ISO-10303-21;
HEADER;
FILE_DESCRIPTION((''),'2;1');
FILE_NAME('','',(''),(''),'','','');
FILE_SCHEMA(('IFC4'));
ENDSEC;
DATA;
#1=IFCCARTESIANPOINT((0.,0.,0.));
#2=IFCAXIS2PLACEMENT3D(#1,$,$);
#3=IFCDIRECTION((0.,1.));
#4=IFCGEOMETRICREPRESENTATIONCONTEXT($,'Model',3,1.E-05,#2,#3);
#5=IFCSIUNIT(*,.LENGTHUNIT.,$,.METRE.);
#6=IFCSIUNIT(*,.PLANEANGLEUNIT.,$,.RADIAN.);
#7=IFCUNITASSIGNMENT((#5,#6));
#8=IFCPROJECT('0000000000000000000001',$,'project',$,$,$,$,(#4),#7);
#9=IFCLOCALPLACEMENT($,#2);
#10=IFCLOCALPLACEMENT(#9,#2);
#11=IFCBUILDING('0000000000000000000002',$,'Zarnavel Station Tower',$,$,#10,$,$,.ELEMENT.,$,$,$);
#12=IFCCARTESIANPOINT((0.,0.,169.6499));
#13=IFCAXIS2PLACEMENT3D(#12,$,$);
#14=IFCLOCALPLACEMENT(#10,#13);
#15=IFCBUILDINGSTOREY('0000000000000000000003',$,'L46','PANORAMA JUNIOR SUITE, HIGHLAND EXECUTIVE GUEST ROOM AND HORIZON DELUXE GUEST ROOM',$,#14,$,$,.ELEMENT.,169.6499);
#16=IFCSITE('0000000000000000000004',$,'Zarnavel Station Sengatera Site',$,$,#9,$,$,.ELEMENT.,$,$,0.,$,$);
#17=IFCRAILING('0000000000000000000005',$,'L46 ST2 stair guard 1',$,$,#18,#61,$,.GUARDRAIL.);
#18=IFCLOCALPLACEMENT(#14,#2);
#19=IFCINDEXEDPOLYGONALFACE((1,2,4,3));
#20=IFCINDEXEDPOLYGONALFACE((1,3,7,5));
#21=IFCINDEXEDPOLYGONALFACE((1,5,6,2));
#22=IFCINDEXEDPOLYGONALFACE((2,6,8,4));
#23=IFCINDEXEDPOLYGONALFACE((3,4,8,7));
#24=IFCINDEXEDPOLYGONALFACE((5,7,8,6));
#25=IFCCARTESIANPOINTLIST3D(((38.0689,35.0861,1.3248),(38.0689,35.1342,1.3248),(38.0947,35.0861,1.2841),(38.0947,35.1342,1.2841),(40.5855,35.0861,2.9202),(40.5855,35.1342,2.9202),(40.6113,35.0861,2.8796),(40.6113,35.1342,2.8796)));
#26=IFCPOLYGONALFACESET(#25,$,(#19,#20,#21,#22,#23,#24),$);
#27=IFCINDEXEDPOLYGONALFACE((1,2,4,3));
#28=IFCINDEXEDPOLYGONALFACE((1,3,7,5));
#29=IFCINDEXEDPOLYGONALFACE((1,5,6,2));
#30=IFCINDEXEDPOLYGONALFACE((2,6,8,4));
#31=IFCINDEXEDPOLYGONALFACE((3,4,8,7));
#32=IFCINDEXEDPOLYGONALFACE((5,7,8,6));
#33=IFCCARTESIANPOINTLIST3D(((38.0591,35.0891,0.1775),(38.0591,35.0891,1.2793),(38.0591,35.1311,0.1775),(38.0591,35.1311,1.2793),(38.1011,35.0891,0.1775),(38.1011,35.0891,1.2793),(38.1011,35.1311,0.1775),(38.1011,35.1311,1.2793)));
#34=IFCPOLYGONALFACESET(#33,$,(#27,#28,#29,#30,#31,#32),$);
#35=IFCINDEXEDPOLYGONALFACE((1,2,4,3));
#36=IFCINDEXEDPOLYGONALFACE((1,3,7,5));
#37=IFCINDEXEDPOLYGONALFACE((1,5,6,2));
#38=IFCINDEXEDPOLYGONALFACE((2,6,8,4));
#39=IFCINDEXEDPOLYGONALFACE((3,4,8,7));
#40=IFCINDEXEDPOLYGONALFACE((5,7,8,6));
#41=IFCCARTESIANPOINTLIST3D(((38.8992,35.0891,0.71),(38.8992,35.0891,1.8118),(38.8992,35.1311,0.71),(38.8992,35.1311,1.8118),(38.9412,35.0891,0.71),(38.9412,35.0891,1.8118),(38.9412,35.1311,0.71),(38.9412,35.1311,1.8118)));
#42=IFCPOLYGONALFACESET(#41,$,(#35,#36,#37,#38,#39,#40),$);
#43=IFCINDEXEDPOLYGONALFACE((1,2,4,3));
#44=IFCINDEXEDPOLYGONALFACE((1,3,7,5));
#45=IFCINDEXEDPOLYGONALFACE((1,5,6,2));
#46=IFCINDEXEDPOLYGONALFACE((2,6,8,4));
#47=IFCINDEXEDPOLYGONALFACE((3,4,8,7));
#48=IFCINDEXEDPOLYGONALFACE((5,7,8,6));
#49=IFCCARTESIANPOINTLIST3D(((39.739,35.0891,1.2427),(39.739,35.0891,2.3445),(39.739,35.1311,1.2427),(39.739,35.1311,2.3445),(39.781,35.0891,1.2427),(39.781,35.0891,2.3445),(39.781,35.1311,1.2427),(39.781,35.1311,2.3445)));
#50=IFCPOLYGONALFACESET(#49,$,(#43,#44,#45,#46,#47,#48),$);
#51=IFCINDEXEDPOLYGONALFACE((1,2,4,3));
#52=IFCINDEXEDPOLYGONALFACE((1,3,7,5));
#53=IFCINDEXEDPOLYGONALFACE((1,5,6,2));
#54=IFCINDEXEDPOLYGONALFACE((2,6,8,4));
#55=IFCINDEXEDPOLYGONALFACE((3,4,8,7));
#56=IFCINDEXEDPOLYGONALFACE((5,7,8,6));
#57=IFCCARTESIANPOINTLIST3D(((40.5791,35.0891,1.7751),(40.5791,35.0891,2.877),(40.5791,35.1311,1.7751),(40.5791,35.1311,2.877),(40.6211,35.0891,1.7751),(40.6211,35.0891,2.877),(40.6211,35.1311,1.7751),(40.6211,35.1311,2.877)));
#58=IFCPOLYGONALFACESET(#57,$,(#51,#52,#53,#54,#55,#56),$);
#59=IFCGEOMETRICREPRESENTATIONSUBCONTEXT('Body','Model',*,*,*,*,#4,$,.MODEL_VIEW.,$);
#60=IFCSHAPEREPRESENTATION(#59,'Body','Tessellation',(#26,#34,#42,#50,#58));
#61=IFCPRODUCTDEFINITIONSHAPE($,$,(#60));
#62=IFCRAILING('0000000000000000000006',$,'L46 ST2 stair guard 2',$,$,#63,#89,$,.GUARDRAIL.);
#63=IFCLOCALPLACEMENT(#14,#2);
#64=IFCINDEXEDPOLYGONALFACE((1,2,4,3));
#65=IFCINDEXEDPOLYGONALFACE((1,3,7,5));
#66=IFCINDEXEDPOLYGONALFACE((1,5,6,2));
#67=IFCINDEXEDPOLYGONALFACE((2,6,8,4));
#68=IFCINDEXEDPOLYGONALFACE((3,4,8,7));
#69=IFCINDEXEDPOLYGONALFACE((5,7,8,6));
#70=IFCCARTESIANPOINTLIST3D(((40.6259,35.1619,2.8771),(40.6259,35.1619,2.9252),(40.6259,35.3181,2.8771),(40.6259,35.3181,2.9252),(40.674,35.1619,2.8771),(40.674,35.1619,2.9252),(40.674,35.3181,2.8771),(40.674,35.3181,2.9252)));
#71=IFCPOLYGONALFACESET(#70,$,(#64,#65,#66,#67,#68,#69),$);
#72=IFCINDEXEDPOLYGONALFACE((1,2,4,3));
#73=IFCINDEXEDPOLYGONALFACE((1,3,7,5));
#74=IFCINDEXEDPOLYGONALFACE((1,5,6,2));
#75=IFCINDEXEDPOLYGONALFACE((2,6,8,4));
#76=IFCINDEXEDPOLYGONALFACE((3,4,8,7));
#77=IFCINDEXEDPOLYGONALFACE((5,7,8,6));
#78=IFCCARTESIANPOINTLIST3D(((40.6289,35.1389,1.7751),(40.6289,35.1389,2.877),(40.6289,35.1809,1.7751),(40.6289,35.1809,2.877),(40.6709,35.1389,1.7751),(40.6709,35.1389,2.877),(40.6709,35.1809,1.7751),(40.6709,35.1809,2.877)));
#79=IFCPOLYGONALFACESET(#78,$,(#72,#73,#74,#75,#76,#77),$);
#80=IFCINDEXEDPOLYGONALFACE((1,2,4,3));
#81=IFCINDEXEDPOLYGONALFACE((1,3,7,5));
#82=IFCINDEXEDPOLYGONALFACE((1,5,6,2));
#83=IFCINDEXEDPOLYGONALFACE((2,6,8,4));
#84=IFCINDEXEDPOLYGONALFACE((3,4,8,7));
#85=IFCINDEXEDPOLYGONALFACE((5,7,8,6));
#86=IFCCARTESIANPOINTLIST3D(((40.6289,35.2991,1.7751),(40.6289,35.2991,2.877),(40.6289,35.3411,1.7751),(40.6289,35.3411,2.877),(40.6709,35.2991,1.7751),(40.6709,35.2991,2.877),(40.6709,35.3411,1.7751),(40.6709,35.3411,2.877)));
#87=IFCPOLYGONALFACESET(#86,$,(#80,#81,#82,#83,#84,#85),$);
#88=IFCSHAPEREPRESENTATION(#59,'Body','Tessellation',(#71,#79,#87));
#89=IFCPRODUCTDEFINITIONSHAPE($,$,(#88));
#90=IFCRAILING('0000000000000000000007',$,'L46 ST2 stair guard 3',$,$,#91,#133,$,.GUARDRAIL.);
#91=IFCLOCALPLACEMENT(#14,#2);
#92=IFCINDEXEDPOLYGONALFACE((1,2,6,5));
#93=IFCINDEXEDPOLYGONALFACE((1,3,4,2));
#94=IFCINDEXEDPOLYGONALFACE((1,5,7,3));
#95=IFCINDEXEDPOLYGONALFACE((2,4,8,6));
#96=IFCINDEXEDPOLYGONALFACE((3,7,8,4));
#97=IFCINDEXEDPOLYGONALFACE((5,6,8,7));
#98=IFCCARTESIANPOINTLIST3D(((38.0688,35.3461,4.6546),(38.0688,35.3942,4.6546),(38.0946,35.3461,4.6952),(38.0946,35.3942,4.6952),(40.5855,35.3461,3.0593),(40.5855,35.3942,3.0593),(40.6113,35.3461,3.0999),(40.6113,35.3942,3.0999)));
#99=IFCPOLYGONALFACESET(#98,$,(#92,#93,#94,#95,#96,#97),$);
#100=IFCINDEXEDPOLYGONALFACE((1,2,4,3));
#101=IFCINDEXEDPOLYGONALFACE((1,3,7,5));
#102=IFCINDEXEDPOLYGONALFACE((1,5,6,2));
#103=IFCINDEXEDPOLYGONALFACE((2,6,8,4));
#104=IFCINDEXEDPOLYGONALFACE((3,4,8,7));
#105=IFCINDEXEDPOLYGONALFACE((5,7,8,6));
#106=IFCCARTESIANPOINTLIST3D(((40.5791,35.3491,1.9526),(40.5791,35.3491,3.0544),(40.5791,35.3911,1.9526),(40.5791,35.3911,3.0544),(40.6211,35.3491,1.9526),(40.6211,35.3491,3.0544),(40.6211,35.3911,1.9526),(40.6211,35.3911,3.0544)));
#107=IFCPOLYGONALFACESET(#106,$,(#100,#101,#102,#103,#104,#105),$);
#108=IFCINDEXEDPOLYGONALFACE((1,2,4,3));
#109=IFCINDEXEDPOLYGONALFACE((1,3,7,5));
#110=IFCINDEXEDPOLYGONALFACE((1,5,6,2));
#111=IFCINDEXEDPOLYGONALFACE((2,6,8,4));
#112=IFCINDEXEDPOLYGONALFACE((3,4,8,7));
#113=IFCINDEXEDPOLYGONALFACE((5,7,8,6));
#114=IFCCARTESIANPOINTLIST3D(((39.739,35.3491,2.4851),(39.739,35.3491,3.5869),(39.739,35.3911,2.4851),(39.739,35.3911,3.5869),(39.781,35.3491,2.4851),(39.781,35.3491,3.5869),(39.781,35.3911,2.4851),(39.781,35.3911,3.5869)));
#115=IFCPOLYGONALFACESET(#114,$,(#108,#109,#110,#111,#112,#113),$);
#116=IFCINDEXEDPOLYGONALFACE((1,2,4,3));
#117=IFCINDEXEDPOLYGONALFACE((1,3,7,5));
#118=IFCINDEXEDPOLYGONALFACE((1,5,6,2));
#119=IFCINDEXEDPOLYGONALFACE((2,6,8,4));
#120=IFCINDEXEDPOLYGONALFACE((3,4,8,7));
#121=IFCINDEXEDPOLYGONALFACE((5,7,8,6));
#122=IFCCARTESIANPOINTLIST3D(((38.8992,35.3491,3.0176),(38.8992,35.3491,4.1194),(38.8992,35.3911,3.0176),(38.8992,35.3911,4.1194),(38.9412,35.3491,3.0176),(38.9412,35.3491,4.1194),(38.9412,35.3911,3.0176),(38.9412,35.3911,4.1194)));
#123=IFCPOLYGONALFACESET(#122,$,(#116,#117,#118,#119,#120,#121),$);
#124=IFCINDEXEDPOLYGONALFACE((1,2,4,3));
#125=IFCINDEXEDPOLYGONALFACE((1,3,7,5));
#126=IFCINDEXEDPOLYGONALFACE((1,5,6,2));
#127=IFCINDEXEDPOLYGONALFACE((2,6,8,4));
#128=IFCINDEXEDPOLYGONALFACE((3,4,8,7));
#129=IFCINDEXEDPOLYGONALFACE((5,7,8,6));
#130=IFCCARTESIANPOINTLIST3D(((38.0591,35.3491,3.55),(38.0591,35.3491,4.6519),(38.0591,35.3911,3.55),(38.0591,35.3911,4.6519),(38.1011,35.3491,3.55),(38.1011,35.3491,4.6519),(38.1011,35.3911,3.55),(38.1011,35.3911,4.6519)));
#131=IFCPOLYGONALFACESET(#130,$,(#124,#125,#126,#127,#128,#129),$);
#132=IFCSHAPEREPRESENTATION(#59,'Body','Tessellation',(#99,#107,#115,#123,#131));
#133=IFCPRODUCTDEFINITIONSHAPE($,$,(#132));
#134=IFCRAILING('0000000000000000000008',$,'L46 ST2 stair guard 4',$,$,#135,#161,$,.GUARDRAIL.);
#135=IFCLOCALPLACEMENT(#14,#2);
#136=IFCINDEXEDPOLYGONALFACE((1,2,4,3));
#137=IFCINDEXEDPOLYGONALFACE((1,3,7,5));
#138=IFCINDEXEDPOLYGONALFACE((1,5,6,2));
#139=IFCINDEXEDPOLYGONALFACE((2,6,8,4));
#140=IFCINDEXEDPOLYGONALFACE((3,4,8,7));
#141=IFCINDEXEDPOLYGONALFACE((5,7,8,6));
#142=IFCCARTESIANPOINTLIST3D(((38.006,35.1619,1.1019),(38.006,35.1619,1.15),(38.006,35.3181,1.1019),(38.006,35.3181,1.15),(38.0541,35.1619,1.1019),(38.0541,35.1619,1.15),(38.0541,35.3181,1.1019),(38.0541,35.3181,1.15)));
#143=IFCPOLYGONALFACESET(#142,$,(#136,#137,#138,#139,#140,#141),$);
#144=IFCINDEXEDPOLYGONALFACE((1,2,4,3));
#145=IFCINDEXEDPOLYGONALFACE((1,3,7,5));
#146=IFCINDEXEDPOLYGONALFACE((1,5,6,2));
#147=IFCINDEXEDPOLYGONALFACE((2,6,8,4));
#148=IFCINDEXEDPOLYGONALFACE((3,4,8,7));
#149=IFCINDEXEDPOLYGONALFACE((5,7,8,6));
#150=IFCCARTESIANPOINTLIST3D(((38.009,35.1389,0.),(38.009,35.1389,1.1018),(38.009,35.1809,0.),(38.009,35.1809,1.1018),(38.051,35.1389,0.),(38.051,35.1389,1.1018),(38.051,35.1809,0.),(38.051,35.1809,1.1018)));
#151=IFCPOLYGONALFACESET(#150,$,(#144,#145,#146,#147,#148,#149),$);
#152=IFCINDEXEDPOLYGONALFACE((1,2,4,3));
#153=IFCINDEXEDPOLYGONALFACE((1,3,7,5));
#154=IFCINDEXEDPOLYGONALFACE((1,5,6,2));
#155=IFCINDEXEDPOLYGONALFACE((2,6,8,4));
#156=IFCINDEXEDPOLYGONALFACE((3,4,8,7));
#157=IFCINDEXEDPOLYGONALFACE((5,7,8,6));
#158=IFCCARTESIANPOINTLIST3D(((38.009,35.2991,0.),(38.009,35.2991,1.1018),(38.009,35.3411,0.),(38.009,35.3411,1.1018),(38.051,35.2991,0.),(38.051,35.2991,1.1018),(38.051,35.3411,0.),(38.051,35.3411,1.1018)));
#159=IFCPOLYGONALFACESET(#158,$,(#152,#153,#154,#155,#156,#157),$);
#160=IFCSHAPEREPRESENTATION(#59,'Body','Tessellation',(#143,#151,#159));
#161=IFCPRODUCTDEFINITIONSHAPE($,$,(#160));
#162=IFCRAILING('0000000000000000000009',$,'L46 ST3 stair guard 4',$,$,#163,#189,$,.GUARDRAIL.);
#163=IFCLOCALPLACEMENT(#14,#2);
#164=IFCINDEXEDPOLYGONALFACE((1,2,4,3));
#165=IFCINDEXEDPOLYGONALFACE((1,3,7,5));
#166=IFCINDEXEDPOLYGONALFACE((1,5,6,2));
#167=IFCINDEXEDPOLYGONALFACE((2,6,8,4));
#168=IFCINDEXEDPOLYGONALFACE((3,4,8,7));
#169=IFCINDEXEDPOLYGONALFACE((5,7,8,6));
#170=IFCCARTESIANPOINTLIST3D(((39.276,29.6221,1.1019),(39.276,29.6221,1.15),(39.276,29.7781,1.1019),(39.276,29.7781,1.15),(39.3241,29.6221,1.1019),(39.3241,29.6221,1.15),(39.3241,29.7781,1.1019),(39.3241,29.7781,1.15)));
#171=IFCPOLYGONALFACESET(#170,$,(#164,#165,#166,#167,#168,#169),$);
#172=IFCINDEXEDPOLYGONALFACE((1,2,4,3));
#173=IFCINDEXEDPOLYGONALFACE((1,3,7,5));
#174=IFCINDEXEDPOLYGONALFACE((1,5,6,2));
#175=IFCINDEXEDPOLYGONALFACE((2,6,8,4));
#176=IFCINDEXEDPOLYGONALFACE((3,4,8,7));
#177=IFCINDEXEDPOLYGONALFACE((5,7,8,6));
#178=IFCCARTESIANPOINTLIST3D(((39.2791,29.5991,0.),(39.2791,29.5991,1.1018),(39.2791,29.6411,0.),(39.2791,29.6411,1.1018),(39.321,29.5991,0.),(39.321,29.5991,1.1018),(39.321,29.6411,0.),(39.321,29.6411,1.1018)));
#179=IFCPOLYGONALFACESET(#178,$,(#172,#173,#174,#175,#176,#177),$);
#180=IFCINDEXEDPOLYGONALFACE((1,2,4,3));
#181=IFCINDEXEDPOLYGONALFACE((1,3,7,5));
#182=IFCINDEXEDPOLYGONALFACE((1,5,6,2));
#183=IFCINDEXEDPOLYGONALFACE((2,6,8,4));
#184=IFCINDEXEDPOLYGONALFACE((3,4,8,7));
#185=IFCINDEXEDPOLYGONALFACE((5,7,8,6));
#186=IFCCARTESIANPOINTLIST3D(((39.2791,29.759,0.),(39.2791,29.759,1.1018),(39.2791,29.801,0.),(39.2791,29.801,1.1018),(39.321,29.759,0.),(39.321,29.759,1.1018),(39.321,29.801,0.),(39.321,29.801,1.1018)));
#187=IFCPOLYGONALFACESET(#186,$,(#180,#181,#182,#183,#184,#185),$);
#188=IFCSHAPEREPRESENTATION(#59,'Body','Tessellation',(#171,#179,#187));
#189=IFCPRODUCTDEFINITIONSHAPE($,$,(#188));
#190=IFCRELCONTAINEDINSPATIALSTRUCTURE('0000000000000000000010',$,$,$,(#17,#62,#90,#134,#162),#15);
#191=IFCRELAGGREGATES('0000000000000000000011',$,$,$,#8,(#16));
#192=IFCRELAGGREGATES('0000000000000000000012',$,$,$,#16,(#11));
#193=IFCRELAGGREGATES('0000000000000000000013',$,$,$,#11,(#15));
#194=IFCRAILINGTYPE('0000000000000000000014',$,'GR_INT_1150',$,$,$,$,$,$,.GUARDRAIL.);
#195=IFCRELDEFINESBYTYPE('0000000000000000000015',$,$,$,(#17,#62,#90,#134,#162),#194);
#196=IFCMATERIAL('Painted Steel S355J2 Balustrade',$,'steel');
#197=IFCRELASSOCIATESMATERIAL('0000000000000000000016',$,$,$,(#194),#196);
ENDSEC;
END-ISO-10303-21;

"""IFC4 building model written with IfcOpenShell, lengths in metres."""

from ifc_helpers import new_model, si_unit, direction, frame, origin, origin_2d, place, context, subcontext, project, spatial, rectangle, extrude, material, type_object, element, save


model = new_model("IFC4")

# Units and contexts
model_context = context("Model", 3, precision=1e-05, world=origin(), true_north=direction((0.0, 1.0)))
body_context = subcontext(model_context, "Body", "Model", "MODEL_VIEW")
ifc_project = project(units=[si_unit("LENGTHUNIT", "METRE"), si_unit("PLANEANGLEUNIT", "RADIAN")], contexts=[model_context])

# Site, building, storey
site_placement = place(None, origin())
site = spatial("IfcSite", under=ifc_project, at=site_placement, Name="Zarnavel Station Sengatera Site", CompositionType="ELEMENT", RefElevation=0.0)
building_placement = place(site_placement, origin())
building = spatial("IfcBuilding", under=site, at=building_placement, Name="Zarnavel Station Tower", CompositionType="ELEMENT")
storey_placement = place(building_placement, frame((0.0, 0.0, 169.6499)))
storey = spatial("IfcBuildingStorey", under=building, at=storey_placement, Name="L46", Description="PANORAMA JUNIOR SUITE, HIGHLAND EXECUTIVE GUEST ROOM AND HORIZON DELUXE GUEST ROOM", CompositionType="ELEMENT", Elevation=169.6499)

# Railings
ifc_material_1 = material(Name="Painted Steel S355J2 Balustrade", Category="steel")
railing_type_1 = type_object("IfcRailingType", Name="GR_INT_1150", PredefinedType="GUARDRAIL", material=ifc_material_1)
railing_1_placement = place(storey_placement, frame((38.0801, 35.1101, 0.1775)))
element("IfcRailing", 1, at=railing_1_placement, inside=storey, type_object=railing_type_1, Name="L46 ST2 stair guard 1", PredefinedType="GUARDRAIL", context=body_context, shape_type="SweptSolid", body=[
    extrude(rectangle(XDim=0.0481, YDim=0.0481, at=origin_2d()), frame((0.0017, 0.0, 1.127), z_axis=(0.84457, 0.0, 0.535445), x_axis=(0.0, 1.0, 0.0)), (0.0, 0.0, 1.0), 2.9797),
    extrude(rectangle(XDim=0.042, YDim=0.042, at=origin_2d()), origin(), (0.0, 0.0, 1.0), 1.1018),
    extrude(rectangle(XDim=0.042, YDim=0.042, at=origin_2d()), frame((0.8401, 0.0, 0.5325)), (0.0, 0.0, 1.0), 1.1018),
    extrude(rectangle(XDim=0.042, YDim=0.042, at=origin_2d()), frame((1.6799, 0.0, 1.0652)), (0.0, 0.0, 1.0), 1.1018),
    extrude(rectangle(XDim=0.042, YDim=0.042, at=origin_2d()), frame((2.52, 0.0, 1.5977)), (0.0, 0.0, 1.0), 1.1018),
])
railing_2_placement = place(storey_placement, frame((40.6499, 35.1599, 1.7751)))
element("IfcRailing", 2, at=railing_2_placement, inside=storey, type_object=railing_type_1, Name="L46 ST2 stair guard 2", PredefinedType="GUARDRAIL", context=body_context, shape_type="SweptSolid", body=[
    extrude(rectangle(XDim=0.0481, YDim=0.0481, at=origin_2d()), frame((0.0, 0.002, 1.126), z_axis=(0.0, 1.0, 0.0), x_axis=(-1.0, 0.0, 0.0)), (0.0, 0.0, 1.0), 0.1562),
    extrude(rectangle(XDim=0.042, YDim=0.042, at=origin_2d()), origin(), (0.0, 0.0, 1.0), 1.1018),
    extrude(rectangle(XDim=0.042, YDim=0.042, at=origin_2d()), frame((0.0, 0.1602, 0.0)), (0.0, 0.0, 1.0), 1.1018),
])
railing_3_placement = place(storey_placement, frame((40.6001, 35.3701, 1.9526)))
element("IfcRailing", 3, at=railing_3_placement, inside=storey, type_object=railing_type_1, Name="L46 ST2 stair guard 3", PredefinedType="GUARDRAIL", context=body_context, shape_type="SweptSolid", body=[
    extrude(rectangle(XDim=0.0481, YDim=0.0481, at=origin_2d()), frame((-0.0017, 0.0, 1.127), z_axis=(-0.844607, 0.0, 0.535387), x_axis=(0.0, -1.0, 0.0)), (0.0, 0.0, 1.0), 2.9797),
    extrude(rectangle(XDim=0.042, YDim=0.042, at=origin_2d()), origin(), (0.0, 0.0, 1.0), 1.1018),
    extrude(rectangle(XDim=0.042, YDim=0.042, at=origin_2d()), frame((-0.8401, 0.0, 0.5325)), (0.0, 0.0, 1.0), 1.1018),
    extrude(rectangle(XDim=0.042, YDim=0.042, at=origin_2d()), frame((-1.6799, 0.0, 1.0649)), (0.0, 0.0, 1.0), 1.1018),
    extrude(rectangle(XDim=0.042, YDim=0.042, at=origin_2d()), frame((-2.52, 0.0, 1.5974)), (0.0, 0.0, 1.0), 1.1018),
])
railing_4_placement = place(storey_placement, frame((38.03, 35.1599, 0.0)))
element("IfcRailing", 4, at=railing_4_placement, inside=storey, type_object=railing_type_1, Name="L46 ST2 stair guard 4", PredefinedType="GUARDRAIL", context=body_context, shape_type="SweptSolid", body=[
    extrude(rectangle(XDim=0.0481, YDim=0.0481, at=origin_2d()), frame((0.0, 0.002, 1.126), z_axis=(0.0, 1.0, 0.0), x_axis=(-1.0, 0.0, 0.0)), (0.0, 0.0, 1.0), 0.1562),
    extrude(rectangle(XDim=0.042, YDim=0.042, at=origin_2d()), origin(), (0.0, 0.0, 1.0), 1.1018),
    extrude(rectangle(XDim=0.042, YDim=0.042, at=origin_2d()), frame((0.0, 0.1602, 0.0)), (0.0, 0.0, 1.0), 1.1018),
])
railing_5_placement = place(storey_placement, frame((39.3, 29.6201, 0.0)))
element("IfcRailing", 5, at=railing_5_placement, inside=storey, type_object=railing_type_1, Name="L46 ST3 stair guard 4", PredefinedType="GUARDRAIL", context=body_context, shape_type="SweptSolid", body=[
    extrude(rectangle(XDim=0.0481, YDim=0.0481, at=origin_2d()), frame((0.0, 0.002, 1.126), z_axis=(0.0, 1.0, 0.0), x_axis=(-1.0, 0.0, 0.0)), (0.0, 0.0, 1.0), 0.156),
    extrude(rectangle(XDim=0.042, YDim=0.042, at=origin_2d()), origin(), (0.0, 0.0, 1.0), 1.1018),
    extrude(rectangle(XDim=0.042, YDim=0.042, at=origin_2d()), frame((0.0, 0.1599, 0.0)), (0.0, 0.0, 1.0), 1.1018),
])

save(model, "model.ifc")
